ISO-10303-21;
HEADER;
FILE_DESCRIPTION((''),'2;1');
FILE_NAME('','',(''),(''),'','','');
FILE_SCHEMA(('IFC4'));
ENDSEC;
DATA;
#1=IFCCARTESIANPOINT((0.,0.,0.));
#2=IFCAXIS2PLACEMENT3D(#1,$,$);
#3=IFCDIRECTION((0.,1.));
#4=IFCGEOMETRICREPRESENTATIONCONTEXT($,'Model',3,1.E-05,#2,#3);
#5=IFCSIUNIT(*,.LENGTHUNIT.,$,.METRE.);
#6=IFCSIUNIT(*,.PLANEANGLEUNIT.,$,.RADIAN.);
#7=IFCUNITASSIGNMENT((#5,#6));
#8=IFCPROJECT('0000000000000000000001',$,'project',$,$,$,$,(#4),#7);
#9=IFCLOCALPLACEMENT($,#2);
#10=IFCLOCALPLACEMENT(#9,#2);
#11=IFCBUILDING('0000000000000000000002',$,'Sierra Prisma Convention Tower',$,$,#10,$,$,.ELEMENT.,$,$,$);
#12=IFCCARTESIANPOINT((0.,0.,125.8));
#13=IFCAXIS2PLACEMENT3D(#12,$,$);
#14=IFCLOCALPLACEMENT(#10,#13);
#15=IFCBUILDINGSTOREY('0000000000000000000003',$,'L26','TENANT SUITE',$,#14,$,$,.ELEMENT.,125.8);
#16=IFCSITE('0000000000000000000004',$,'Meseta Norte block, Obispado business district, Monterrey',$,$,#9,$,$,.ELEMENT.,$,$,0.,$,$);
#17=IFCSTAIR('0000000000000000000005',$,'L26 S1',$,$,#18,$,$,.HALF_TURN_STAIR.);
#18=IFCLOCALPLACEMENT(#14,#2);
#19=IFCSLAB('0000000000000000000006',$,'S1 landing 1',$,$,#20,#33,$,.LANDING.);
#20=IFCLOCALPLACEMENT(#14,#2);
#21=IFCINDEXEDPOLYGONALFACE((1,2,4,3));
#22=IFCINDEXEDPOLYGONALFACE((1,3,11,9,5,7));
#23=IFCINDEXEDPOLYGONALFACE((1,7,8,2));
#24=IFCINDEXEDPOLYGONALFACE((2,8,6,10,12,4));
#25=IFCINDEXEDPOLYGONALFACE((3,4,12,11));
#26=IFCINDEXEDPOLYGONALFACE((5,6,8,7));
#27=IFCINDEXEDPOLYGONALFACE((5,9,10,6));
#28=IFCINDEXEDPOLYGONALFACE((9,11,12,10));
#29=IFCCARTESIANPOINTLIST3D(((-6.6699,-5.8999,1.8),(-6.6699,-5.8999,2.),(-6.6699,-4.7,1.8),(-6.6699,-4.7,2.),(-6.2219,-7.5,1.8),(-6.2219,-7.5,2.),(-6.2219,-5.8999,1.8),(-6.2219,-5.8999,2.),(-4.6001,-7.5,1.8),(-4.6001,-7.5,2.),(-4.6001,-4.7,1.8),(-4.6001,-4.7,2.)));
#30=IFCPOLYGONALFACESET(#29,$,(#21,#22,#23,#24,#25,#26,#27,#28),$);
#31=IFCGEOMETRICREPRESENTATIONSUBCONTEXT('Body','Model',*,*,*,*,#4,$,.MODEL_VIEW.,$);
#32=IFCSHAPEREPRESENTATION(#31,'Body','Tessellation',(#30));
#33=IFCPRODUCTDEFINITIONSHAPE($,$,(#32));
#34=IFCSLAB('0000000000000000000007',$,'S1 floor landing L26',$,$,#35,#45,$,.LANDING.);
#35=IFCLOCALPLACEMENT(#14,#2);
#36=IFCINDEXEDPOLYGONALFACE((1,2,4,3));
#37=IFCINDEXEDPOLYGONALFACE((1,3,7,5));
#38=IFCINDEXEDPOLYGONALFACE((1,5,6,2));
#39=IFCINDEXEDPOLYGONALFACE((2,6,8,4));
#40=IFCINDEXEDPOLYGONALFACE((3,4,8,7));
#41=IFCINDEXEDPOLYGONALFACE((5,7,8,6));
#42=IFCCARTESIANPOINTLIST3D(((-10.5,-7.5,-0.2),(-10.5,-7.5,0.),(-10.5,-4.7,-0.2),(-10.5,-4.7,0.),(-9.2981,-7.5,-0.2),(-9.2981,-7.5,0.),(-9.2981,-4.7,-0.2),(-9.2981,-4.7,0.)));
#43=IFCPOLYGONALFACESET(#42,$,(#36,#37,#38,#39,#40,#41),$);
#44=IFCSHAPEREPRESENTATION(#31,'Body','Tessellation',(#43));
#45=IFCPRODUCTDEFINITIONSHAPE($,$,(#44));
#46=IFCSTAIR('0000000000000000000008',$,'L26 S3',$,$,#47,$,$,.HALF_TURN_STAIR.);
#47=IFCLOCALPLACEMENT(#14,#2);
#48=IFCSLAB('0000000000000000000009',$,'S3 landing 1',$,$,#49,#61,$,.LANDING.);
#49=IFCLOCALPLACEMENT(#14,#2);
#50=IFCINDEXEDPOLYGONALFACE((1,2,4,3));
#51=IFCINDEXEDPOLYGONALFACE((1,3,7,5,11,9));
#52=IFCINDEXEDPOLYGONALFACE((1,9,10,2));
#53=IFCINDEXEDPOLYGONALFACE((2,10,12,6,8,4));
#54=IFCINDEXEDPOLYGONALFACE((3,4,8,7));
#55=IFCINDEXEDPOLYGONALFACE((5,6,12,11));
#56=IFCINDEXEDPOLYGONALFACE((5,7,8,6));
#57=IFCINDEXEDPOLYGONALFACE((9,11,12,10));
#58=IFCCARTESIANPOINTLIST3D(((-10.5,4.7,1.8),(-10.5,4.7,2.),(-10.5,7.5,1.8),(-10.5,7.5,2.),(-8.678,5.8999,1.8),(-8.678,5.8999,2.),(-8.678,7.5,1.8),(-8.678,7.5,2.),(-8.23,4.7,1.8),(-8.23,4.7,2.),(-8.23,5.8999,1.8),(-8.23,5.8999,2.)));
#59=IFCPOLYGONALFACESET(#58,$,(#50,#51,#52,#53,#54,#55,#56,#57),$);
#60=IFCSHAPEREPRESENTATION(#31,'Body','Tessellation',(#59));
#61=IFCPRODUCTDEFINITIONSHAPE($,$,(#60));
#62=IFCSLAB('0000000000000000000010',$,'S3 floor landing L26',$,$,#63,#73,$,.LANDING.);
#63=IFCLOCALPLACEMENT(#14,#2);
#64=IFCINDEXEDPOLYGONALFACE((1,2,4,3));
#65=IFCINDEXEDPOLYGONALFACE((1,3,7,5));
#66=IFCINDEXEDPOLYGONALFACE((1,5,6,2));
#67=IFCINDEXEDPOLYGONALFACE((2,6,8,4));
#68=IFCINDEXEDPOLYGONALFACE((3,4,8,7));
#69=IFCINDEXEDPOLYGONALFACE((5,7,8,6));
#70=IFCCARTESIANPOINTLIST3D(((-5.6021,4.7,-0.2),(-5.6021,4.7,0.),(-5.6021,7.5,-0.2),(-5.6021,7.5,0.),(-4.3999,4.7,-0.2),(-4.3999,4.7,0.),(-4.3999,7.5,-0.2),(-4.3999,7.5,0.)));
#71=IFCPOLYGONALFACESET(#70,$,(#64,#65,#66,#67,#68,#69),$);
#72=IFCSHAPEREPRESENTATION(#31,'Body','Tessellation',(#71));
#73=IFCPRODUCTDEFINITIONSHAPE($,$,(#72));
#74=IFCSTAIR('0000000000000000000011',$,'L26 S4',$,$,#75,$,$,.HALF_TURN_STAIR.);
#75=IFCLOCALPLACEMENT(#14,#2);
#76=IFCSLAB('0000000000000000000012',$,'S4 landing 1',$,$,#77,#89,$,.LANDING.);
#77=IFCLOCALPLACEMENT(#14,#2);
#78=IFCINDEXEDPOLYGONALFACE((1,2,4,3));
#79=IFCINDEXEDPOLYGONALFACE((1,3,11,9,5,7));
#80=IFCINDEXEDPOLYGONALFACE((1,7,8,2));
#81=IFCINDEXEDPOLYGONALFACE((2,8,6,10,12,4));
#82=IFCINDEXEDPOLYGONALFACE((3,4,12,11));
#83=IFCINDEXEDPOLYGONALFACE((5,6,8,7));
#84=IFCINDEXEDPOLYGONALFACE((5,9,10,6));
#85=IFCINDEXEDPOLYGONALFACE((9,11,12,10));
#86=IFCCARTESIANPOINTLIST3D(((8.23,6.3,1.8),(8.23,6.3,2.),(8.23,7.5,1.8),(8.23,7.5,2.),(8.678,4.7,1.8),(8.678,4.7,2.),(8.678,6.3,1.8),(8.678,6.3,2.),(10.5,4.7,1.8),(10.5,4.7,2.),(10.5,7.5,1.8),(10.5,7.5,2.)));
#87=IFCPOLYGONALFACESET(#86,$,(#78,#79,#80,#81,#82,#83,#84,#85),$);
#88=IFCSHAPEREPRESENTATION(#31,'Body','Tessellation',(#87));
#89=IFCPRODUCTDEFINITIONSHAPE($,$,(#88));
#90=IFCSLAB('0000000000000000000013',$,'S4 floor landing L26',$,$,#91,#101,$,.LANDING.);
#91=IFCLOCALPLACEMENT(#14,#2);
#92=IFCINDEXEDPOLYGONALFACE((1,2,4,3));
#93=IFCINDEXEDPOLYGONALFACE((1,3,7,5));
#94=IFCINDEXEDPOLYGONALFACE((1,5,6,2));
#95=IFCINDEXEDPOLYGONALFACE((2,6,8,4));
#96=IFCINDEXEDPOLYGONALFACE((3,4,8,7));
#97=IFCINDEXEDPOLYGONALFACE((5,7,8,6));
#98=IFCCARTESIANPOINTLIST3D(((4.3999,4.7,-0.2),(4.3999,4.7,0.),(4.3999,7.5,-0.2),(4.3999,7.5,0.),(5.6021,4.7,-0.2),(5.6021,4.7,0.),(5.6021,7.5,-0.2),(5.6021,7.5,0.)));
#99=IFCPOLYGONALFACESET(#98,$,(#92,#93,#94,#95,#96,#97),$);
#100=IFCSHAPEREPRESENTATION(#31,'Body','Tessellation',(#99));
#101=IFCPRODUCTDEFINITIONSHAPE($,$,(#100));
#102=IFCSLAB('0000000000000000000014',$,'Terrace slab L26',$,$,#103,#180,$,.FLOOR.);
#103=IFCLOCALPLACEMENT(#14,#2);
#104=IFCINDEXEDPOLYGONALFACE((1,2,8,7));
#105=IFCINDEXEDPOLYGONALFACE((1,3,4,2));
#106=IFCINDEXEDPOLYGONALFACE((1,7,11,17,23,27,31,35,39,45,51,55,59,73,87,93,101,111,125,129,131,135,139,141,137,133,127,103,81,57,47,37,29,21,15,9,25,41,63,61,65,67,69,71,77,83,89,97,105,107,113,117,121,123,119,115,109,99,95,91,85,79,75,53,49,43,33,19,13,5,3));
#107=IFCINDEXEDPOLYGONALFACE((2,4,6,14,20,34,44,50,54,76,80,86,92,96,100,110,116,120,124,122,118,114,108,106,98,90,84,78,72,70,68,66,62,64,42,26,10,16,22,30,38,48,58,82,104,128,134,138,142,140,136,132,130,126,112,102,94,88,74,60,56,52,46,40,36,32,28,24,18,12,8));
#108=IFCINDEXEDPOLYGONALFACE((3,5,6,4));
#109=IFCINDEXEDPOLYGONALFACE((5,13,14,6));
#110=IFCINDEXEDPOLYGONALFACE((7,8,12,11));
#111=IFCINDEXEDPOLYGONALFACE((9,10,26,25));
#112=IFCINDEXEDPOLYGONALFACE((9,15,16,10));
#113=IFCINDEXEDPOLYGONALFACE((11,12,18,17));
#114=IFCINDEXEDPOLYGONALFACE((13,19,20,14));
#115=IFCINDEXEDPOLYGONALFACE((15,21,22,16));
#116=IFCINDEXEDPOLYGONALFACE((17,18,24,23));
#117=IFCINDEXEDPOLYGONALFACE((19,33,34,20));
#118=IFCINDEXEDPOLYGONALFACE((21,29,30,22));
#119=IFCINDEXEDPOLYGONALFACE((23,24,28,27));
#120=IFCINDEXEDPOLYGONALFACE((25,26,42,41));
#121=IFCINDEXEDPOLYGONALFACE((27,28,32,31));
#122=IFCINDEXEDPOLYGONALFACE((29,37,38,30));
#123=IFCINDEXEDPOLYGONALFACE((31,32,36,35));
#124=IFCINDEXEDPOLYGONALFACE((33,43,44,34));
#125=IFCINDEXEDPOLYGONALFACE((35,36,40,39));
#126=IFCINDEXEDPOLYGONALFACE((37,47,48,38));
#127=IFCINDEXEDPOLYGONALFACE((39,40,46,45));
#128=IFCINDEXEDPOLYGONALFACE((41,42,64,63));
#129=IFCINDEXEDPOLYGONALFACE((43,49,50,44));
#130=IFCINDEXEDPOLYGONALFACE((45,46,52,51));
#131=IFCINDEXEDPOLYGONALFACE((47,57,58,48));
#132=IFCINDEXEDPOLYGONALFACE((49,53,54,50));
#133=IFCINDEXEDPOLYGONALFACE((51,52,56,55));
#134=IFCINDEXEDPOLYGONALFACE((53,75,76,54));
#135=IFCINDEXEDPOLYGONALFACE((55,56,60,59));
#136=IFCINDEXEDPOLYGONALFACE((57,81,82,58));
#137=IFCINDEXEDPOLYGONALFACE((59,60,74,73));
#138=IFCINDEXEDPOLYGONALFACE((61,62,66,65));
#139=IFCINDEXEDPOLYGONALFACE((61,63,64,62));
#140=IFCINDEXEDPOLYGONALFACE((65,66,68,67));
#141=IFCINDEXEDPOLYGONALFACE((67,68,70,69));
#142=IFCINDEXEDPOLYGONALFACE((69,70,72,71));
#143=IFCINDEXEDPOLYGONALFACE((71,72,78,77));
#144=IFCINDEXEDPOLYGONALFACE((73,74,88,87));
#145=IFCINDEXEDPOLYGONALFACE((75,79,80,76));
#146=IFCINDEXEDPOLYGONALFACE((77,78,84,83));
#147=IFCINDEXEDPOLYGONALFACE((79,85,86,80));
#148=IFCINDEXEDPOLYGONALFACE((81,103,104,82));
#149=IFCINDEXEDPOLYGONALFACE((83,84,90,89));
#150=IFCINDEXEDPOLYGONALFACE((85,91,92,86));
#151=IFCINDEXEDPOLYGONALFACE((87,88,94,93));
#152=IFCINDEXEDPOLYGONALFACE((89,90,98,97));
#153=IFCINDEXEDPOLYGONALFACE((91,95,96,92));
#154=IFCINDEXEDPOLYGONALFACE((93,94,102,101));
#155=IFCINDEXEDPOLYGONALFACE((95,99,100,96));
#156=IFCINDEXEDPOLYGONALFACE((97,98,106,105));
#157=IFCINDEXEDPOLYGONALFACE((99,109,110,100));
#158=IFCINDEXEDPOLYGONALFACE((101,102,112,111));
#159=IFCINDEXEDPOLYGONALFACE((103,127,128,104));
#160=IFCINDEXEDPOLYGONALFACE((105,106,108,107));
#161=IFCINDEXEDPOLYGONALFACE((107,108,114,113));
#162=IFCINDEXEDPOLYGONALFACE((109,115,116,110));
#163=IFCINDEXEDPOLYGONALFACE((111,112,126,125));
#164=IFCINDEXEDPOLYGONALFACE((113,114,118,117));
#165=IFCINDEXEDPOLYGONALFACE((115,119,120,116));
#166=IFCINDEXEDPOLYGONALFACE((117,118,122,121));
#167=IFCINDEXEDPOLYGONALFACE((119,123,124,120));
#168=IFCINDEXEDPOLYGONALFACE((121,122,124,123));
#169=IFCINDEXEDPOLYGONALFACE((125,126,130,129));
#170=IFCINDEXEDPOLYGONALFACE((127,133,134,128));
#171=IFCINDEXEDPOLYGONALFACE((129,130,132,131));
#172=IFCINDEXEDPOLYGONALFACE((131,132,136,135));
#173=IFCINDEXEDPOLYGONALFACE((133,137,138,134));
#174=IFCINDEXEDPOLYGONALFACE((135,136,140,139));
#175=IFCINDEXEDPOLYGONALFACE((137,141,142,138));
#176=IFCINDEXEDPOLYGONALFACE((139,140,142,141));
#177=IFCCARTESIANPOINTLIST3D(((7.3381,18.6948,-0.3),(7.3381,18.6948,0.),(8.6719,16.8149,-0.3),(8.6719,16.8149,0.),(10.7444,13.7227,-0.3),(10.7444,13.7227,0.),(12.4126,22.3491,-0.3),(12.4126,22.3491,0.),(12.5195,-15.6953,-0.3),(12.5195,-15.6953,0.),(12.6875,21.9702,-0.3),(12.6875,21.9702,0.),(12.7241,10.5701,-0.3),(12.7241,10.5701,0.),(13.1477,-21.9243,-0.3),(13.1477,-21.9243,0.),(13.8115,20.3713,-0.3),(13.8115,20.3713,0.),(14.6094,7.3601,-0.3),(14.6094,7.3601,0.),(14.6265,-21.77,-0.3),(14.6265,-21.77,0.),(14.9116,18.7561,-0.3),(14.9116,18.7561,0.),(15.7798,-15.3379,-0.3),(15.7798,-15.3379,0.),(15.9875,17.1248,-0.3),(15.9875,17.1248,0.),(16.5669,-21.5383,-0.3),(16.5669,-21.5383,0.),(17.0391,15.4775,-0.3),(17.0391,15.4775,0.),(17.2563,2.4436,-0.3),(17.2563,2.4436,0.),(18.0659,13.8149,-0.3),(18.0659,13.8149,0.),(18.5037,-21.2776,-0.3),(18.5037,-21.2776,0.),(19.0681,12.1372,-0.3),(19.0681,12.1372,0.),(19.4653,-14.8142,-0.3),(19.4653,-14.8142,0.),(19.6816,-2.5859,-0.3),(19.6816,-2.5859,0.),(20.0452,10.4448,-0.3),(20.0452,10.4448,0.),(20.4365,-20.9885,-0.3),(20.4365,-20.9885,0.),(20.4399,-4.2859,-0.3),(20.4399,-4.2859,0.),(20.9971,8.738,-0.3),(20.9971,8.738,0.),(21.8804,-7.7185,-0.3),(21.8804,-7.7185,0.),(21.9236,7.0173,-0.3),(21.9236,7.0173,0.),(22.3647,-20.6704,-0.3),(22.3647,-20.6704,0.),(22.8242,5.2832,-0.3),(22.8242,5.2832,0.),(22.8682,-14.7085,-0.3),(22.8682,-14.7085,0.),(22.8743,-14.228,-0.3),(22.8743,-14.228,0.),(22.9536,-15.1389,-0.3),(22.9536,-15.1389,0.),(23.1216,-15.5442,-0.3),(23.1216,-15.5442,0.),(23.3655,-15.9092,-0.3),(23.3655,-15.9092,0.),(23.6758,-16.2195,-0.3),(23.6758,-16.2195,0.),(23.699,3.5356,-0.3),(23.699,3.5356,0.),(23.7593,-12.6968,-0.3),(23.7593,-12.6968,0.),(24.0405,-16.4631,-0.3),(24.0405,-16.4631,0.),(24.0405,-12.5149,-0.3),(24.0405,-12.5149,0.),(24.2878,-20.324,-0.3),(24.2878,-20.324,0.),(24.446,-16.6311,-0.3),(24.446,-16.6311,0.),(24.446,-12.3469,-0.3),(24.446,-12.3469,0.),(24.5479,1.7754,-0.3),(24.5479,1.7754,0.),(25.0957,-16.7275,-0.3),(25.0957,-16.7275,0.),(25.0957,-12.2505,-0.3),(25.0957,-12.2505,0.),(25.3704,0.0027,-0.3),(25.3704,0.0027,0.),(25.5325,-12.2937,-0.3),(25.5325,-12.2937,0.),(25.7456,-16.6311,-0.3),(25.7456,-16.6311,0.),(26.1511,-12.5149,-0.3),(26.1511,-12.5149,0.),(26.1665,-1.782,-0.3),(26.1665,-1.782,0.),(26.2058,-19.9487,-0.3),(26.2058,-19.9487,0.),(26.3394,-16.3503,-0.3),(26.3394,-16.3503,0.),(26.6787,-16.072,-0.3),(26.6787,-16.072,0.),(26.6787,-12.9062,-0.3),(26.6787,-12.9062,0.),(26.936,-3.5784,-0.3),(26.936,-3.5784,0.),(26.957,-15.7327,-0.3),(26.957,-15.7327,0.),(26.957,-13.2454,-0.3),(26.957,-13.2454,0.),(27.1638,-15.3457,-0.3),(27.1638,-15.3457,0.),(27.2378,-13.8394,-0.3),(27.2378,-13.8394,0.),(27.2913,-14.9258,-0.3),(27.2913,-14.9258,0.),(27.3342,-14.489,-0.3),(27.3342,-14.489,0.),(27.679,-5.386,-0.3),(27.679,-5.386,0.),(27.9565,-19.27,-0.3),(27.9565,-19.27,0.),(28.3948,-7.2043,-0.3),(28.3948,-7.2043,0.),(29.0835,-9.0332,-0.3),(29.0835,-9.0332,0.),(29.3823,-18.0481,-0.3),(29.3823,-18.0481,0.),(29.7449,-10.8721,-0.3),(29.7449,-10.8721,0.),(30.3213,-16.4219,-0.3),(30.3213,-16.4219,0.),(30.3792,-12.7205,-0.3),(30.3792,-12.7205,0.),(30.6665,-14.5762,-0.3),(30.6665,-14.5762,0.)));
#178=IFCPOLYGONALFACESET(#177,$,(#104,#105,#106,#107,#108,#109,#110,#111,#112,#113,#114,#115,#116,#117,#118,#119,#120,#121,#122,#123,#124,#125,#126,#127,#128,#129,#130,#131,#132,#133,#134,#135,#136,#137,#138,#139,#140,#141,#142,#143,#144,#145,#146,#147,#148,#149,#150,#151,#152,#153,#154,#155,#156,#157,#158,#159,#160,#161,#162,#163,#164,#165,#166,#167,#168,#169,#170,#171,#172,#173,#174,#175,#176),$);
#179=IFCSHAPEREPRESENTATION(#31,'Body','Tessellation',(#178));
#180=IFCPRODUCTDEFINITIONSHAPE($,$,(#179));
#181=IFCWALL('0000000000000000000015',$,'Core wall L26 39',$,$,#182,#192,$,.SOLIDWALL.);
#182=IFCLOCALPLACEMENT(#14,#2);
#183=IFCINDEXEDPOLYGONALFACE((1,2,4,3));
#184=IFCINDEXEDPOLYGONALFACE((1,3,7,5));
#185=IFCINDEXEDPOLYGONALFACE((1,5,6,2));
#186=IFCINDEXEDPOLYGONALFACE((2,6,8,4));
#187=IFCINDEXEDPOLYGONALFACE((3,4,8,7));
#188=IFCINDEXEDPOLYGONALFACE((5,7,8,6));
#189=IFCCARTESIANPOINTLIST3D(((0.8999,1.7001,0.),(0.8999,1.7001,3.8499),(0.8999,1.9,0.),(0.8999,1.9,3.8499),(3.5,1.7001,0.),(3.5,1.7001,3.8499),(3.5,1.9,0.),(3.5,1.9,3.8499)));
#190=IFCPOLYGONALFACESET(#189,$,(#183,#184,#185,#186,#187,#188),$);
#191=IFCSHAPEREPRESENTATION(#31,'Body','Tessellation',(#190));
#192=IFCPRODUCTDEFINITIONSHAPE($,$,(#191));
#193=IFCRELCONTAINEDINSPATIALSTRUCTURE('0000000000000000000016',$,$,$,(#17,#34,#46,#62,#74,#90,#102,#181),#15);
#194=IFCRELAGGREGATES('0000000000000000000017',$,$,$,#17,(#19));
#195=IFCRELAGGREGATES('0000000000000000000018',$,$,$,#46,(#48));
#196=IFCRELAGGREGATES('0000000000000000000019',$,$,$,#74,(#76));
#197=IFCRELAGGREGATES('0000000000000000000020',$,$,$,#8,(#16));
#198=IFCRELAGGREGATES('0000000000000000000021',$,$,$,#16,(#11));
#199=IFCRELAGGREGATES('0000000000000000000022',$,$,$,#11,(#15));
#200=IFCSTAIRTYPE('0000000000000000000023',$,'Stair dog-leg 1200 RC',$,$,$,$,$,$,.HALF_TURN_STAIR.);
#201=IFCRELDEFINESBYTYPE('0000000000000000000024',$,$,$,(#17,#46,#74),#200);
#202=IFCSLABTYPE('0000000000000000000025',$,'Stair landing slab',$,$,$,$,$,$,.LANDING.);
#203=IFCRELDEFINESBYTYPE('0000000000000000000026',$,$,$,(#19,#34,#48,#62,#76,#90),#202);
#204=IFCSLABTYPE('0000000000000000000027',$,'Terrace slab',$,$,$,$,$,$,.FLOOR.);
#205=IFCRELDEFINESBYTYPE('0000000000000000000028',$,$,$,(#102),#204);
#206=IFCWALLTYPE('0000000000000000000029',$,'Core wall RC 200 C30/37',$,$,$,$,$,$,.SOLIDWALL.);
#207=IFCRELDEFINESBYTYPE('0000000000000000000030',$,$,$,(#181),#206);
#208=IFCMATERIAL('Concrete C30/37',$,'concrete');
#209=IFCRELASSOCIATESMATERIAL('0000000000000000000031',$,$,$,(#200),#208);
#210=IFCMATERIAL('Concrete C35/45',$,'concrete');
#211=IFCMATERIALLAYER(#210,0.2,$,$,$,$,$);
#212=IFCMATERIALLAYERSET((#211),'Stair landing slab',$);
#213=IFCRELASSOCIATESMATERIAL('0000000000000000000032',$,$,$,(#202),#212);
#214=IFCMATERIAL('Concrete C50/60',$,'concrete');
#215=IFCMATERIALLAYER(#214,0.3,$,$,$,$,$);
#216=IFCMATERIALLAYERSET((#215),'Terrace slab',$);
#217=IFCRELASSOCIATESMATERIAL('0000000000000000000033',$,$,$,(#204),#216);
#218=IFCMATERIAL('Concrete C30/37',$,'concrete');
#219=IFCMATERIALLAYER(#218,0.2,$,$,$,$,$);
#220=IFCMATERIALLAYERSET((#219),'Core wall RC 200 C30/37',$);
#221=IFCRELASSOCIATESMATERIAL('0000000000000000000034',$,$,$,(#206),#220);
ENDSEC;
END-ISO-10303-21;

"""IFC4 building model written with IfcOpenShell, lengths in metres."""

from ifc_helpers import new_model, si_unit, direction, frame, frame_2d, origin, place, context, subcontext, project, spatial, polyline, rectangle, outline, extrude, material, layer, layer_set, type_object, element, aggregate, save


model = new_model("IFC4")

# Units and contexts
model_context = context("Model", 3, precision=1e-05, world=origin(), true_north=direction((0.0, 1.0)))
body_context = subcontext(model_context, "Body", "Model", "MODEL_VIEW")
ifc_project = project(units=[si_unit("LENGTHUNIT", "METRE"), si_unit("PLANEANGLEUNIT", "RADIAN")], contexts=[model_context])

# Site, building, storey
site_placement = place(None, origin())
site = spatial("IfcSite", under=ifc_project, at=site_placement, Name="Meseta Norte block, Obispado business district, Monterrey", CompositionType="ELEMENT", RefElevation=0.0)
building_placement = place(site_placement, origin())
building = spatial("IfcBuilding", under=site, at=building_placement, Name="Sierra Prisma Convention Tower", CompositionType="ELEMENT")
storey_placement = place(building_placement, frame((0.0, 0.0, 125.8)))
storey = spatial("IfcBuildingStorey", under=building, at=storey_placement, Name="L26", Description="TENANT SUITE", CompositionType="ELEMENT", Elevation=125.8)

# Stair, slab
ifc_material_1 = material(Name="Concrete C30/37", Category="concrete")
stair_type = type_object("IfcStairType", Name="Stair dog-leg 1200 RC", PredefinedType="HALF_TURN_STAIR", material=ifc_material_1)
stair_1_placement = place(storey_placement, origin())
stair_1 = element("IfcStair", 1, at=stair_1_placement, inside=storey, type_object=stair_type, Name="L26 S1", PredefinedType="HALF_TURN_STAIR")
ifc_material_2 = material(Name="Concrete C35/45", Category="concrete")
ifc_layer_1 = layer(ifc_material_2, 0.2)
ifc_layer_set_1 = layer_set([ifc_layer_1], Name="Stair landing slab")
slab_type_1 = type_object("IfcSlabType", Name="Stair landing slab", PredefinedType="LANDING", material=ifc_layer_set_1)
slab_1_placement = place(storey_placement, frame((0.0, 0.0, 1.8)))
slab_1 = element("IfcSlab", 2, at=slab_1_placement, type_object=slab_type_1, Name="S1 landing 1", PredefinedType="LANDING", context=body_context, shape_type="SweptSolid", body=[
    extrude(outline(polyline([(-4.6001, -4.7), (-4.6001, -7.5), (-6.2219, -7.5), (-6.2219, -5.8999), (-6.6699, -5.8999), (-6.6699, -4.7), (-4.6001, -4.7)])), origin(), (0.0, 0.0, 1.0), 0.2),
])
aggregate(stair_1, [slab_1])

# Slab
slab_2_placement = place(storey_placement, frame((0.0, 0.0, -0.2)))
element("IfcSlab", 3, at=slab_2_placement, inside=storey, type_object=slab_type_1, Name="S1 floor landing L26", PredefinedType="LANDING", context=body_context, shape_type="SweptSolid", body=[
    extrude(outline(polyline([(-10.5, -7.5), (-9.2981, -7.5), (-9.2981, -4.7), (-10.5, -4.7), (-10.5, -7.5)])), origin(), (0.0, 0.0, 1.0), 0.2),
])

# Stair, slab
stair_2_placement = place(storey_placement, origin())
stair_2 = element("IfcStair", 4, at=stair_2_placement, inside=storey, type_object=stair_type, Name="L26 S3", PredefinedType="HALF_TURN_STAIR")
slab_3_placement = place(storey_placement, frame((0.0, 0.0, 1.8)))
slab_3 = element("IfcSlab", 5, at=slab_3_placement, type_object=slab_type_1, Name="S3 landing 1", PredefinedType="LANDING", context=body_context, shape_type="SweptSolid", body=[
    extrude(outline(polyline([(-8.23, 5.8999), (-8.23, 4.7), (-10.5, 4.7), (-10.5, 7.5), (-8.678, 7.5), (-8.678, 5.8999), (-8.23, 5.8999)])), origin(), (0.0, 0.0, 1.0), 0.2),
])
aggregate(stair_2, [slab_3])

# Slab
slab_4_placement = place(storey_placement, frame((0.0, 0.0, -0.2)))
element("IfcSlab", 6, at=slab_4_placement, inside=storey, type_object=slab_type_1, Name="S3 floor landing L26", PredefinedType="LANDING", context=body_context, shape_type="SweptSolid", body=[
    extrude(outline(polyline([(-4.3999, 7.5), (-5.6021, 7.5), (-5.6021, 4.7), (-4.3999, 4.7), (-4.3999, 7.5)])), origin(), (0.0, 0.0, 1.0), 0.2),
])

# Stair, slab
stair_3_placement = place(storey_placement, origin())
stair_3 = element("IfcStair", 7, at=stair_3_placement, inside=storey, type_object=stair_type, Name="L26 S4", PredefinedType="HALF_TURN_STAIR")
slab_5_placement = place(storey_placement, frame((0.0, 0.0, 1.8)))
slab_5 = element("IfcSlab", 8, at=slab_5_placement, type_object=slab_type_1, Name="S4 landing 1", PredefinedType="LANDING", context=body_context, shape_type="SweptSolid", body=[
    extrude(outline(polyline([(10.5, 7.5), (10.5, 4.7), (8.678, 4.7), (8.678, 6.3), (8.23, 6.3), (8.23, 7.5), (10.5, 7.5)])), origin(), (0.0, 0.0, 1.0), 0.2),
])

# Slabs
slab_6_placement = place(storey_placement, frame((0.0, 0.0, -0.2)))
element("IfcSlab", 9, at=slab_6_placement, inside=storey, type_object=slab_type_1, Name="S4 floor landing L26", PredefinedType="LANDING", context=body_context, shape_type="SweptSolid", body=[
    extrude(outline(polyline([(4.3999, 4.7), (5.6021, 4.7), (5.6021, 7.5), (4.3999, 7.5), (4.3999, 4.7)])), origin(), (0.0, 0.0, 1.0), 0.2),
])
ifc_material_3 = material(Name="Concrete C50/60", Category="concrete")
ifc_layer_2 = layer(ifc_material_3, 0.3)
ifc_layer_set_2 = layer_set([ifc_layer_2], Name="Terrace slab")
slab_type_2 = type_object("IfcSlabType", Name="Terrace slab", PredefinedType="FLOOR", material=ifc_layer_set_2)
slab_7_placement = place(storey_placement, frame((0.0, 0.0, -0.3)))
element("IfcSlab", 10, at=slab_7_placement, inside=storey, type_object=slab_type_2, Name="Terrace slab L26", PredefinedType="FLOOR", context=body_context, shape_type="SweptSolid", body=[
    extrude(outline(polyline([(13.1477, -21.9243), (14.6265, -21.77), (16.5669, -21.5383), (18.5037, -21.2776), (20.4365, -20.9885), (22.3647, -20.6704), (24.2878, -20.324), (26.2058, -19.9487), (27.9565, -19.27), (29.3823, -18.0481), (30.3213, -16.4219), (30.6665, -14.5762), (30.3792, -12.7205), (29.7449, -10.8721), (29.0835, -9.0332), (28.3948, -7.2043), (27.679, -5.386), (26.936, -3.5784), (26.1665, -1.782), (25.3704, 0.0027), (24.5479, 1.7754), (23.699, 3.5356), (22.8242, 5.2832), (21.9236, 7.0173), (20.9971, 8.738), (20.0452, 10.4448), (19.0681, 12.1372), (18.0659, 13.8149), (17.0391, 15.4775), (15.9875, 17.1248), (14.9116, 18.7561), (13.8115, 20.3713), (12.6875, 21.9702), (12.4126, 22.3491), (7.3381, 18.6948), (8.6719, 16.8149), (10.7444, 13.7227), (12.7241, 10.5701), (14.6094, 7.3601), (17.2563, 2.4436), (19.6816, -2.5859), (20.4399, -4.2859), (21.8804, -7.7185), (23.7593, -12.6968), (24.0405, -12.5149), (24.446, -12.3469), (25.0957, -12.2505), (25.5325, -12.2937), (26.1511, -12.5149), (26.6787, -12.9062), (26.957, -13.2454), (27.2378, -13.8394), (27.3342, -14.489), (27.2913, -14.9258), (27.1638, -15.3457), (26.957, -15.7327), (26.6787, -16.072), (26.3394, -16.3503), (25.7456, -16.6311), (25.0957, -16.7275), (24.446, -16.6311), (24.0405, -16.4631), (23.6758, -16.2195), (23.3655, -15.9092), (23.1216, -15.5442), (22.9536, -15.1389), (22.8682, -14.7085), (22.8743, -14.228), (19.4653, -14.8142), (15.7798, -15.3379), (12.5195, -15.6953), (13.1477, -21.9243)])), origin(), (0.0, 0.0, 1.0), 0.3),
])

# Shared definitions
ifc_material_4 = material(Name="Concrete C30/37", Category="concrete")
ifc_layer_3 = layer(ifc_material_4, 0.2)
ifc_layer_set_3 = layer_set([ifc_layer_3], Name="Core wall RC 200 C30/37")
wall_type_1 = type_object("IfcWallType", Name="Core wall RC 200 C30/37", PredefinedType="SOLIDWALL", material=ifc_layer_set_3)

# Wall
wall_1_placement = place(storey_placement, frame((3.5, 1.8, 0.0), z_axis=(0.0, 0.0, 1.0), x_axis=(-1.0, 0.0, 0.0)))
element("IfcWall", 11, at=wall_1_placement, inside=storey, type_object=wall_type_1, Name="Core wall L26 39", PredefinedType="SOLIDWALL", context=body_context, shape_type="SweptSolid", body=[
    extrude(rectangle(XDim=2.6001, YDim=0.2, at=frame_2d((1.3, 0.0))), origin(), (0.0, 0.0, 1.0), 3.8499),
])

aggregate(stair_3, [slab_5])

save(model, "model.ifc")
